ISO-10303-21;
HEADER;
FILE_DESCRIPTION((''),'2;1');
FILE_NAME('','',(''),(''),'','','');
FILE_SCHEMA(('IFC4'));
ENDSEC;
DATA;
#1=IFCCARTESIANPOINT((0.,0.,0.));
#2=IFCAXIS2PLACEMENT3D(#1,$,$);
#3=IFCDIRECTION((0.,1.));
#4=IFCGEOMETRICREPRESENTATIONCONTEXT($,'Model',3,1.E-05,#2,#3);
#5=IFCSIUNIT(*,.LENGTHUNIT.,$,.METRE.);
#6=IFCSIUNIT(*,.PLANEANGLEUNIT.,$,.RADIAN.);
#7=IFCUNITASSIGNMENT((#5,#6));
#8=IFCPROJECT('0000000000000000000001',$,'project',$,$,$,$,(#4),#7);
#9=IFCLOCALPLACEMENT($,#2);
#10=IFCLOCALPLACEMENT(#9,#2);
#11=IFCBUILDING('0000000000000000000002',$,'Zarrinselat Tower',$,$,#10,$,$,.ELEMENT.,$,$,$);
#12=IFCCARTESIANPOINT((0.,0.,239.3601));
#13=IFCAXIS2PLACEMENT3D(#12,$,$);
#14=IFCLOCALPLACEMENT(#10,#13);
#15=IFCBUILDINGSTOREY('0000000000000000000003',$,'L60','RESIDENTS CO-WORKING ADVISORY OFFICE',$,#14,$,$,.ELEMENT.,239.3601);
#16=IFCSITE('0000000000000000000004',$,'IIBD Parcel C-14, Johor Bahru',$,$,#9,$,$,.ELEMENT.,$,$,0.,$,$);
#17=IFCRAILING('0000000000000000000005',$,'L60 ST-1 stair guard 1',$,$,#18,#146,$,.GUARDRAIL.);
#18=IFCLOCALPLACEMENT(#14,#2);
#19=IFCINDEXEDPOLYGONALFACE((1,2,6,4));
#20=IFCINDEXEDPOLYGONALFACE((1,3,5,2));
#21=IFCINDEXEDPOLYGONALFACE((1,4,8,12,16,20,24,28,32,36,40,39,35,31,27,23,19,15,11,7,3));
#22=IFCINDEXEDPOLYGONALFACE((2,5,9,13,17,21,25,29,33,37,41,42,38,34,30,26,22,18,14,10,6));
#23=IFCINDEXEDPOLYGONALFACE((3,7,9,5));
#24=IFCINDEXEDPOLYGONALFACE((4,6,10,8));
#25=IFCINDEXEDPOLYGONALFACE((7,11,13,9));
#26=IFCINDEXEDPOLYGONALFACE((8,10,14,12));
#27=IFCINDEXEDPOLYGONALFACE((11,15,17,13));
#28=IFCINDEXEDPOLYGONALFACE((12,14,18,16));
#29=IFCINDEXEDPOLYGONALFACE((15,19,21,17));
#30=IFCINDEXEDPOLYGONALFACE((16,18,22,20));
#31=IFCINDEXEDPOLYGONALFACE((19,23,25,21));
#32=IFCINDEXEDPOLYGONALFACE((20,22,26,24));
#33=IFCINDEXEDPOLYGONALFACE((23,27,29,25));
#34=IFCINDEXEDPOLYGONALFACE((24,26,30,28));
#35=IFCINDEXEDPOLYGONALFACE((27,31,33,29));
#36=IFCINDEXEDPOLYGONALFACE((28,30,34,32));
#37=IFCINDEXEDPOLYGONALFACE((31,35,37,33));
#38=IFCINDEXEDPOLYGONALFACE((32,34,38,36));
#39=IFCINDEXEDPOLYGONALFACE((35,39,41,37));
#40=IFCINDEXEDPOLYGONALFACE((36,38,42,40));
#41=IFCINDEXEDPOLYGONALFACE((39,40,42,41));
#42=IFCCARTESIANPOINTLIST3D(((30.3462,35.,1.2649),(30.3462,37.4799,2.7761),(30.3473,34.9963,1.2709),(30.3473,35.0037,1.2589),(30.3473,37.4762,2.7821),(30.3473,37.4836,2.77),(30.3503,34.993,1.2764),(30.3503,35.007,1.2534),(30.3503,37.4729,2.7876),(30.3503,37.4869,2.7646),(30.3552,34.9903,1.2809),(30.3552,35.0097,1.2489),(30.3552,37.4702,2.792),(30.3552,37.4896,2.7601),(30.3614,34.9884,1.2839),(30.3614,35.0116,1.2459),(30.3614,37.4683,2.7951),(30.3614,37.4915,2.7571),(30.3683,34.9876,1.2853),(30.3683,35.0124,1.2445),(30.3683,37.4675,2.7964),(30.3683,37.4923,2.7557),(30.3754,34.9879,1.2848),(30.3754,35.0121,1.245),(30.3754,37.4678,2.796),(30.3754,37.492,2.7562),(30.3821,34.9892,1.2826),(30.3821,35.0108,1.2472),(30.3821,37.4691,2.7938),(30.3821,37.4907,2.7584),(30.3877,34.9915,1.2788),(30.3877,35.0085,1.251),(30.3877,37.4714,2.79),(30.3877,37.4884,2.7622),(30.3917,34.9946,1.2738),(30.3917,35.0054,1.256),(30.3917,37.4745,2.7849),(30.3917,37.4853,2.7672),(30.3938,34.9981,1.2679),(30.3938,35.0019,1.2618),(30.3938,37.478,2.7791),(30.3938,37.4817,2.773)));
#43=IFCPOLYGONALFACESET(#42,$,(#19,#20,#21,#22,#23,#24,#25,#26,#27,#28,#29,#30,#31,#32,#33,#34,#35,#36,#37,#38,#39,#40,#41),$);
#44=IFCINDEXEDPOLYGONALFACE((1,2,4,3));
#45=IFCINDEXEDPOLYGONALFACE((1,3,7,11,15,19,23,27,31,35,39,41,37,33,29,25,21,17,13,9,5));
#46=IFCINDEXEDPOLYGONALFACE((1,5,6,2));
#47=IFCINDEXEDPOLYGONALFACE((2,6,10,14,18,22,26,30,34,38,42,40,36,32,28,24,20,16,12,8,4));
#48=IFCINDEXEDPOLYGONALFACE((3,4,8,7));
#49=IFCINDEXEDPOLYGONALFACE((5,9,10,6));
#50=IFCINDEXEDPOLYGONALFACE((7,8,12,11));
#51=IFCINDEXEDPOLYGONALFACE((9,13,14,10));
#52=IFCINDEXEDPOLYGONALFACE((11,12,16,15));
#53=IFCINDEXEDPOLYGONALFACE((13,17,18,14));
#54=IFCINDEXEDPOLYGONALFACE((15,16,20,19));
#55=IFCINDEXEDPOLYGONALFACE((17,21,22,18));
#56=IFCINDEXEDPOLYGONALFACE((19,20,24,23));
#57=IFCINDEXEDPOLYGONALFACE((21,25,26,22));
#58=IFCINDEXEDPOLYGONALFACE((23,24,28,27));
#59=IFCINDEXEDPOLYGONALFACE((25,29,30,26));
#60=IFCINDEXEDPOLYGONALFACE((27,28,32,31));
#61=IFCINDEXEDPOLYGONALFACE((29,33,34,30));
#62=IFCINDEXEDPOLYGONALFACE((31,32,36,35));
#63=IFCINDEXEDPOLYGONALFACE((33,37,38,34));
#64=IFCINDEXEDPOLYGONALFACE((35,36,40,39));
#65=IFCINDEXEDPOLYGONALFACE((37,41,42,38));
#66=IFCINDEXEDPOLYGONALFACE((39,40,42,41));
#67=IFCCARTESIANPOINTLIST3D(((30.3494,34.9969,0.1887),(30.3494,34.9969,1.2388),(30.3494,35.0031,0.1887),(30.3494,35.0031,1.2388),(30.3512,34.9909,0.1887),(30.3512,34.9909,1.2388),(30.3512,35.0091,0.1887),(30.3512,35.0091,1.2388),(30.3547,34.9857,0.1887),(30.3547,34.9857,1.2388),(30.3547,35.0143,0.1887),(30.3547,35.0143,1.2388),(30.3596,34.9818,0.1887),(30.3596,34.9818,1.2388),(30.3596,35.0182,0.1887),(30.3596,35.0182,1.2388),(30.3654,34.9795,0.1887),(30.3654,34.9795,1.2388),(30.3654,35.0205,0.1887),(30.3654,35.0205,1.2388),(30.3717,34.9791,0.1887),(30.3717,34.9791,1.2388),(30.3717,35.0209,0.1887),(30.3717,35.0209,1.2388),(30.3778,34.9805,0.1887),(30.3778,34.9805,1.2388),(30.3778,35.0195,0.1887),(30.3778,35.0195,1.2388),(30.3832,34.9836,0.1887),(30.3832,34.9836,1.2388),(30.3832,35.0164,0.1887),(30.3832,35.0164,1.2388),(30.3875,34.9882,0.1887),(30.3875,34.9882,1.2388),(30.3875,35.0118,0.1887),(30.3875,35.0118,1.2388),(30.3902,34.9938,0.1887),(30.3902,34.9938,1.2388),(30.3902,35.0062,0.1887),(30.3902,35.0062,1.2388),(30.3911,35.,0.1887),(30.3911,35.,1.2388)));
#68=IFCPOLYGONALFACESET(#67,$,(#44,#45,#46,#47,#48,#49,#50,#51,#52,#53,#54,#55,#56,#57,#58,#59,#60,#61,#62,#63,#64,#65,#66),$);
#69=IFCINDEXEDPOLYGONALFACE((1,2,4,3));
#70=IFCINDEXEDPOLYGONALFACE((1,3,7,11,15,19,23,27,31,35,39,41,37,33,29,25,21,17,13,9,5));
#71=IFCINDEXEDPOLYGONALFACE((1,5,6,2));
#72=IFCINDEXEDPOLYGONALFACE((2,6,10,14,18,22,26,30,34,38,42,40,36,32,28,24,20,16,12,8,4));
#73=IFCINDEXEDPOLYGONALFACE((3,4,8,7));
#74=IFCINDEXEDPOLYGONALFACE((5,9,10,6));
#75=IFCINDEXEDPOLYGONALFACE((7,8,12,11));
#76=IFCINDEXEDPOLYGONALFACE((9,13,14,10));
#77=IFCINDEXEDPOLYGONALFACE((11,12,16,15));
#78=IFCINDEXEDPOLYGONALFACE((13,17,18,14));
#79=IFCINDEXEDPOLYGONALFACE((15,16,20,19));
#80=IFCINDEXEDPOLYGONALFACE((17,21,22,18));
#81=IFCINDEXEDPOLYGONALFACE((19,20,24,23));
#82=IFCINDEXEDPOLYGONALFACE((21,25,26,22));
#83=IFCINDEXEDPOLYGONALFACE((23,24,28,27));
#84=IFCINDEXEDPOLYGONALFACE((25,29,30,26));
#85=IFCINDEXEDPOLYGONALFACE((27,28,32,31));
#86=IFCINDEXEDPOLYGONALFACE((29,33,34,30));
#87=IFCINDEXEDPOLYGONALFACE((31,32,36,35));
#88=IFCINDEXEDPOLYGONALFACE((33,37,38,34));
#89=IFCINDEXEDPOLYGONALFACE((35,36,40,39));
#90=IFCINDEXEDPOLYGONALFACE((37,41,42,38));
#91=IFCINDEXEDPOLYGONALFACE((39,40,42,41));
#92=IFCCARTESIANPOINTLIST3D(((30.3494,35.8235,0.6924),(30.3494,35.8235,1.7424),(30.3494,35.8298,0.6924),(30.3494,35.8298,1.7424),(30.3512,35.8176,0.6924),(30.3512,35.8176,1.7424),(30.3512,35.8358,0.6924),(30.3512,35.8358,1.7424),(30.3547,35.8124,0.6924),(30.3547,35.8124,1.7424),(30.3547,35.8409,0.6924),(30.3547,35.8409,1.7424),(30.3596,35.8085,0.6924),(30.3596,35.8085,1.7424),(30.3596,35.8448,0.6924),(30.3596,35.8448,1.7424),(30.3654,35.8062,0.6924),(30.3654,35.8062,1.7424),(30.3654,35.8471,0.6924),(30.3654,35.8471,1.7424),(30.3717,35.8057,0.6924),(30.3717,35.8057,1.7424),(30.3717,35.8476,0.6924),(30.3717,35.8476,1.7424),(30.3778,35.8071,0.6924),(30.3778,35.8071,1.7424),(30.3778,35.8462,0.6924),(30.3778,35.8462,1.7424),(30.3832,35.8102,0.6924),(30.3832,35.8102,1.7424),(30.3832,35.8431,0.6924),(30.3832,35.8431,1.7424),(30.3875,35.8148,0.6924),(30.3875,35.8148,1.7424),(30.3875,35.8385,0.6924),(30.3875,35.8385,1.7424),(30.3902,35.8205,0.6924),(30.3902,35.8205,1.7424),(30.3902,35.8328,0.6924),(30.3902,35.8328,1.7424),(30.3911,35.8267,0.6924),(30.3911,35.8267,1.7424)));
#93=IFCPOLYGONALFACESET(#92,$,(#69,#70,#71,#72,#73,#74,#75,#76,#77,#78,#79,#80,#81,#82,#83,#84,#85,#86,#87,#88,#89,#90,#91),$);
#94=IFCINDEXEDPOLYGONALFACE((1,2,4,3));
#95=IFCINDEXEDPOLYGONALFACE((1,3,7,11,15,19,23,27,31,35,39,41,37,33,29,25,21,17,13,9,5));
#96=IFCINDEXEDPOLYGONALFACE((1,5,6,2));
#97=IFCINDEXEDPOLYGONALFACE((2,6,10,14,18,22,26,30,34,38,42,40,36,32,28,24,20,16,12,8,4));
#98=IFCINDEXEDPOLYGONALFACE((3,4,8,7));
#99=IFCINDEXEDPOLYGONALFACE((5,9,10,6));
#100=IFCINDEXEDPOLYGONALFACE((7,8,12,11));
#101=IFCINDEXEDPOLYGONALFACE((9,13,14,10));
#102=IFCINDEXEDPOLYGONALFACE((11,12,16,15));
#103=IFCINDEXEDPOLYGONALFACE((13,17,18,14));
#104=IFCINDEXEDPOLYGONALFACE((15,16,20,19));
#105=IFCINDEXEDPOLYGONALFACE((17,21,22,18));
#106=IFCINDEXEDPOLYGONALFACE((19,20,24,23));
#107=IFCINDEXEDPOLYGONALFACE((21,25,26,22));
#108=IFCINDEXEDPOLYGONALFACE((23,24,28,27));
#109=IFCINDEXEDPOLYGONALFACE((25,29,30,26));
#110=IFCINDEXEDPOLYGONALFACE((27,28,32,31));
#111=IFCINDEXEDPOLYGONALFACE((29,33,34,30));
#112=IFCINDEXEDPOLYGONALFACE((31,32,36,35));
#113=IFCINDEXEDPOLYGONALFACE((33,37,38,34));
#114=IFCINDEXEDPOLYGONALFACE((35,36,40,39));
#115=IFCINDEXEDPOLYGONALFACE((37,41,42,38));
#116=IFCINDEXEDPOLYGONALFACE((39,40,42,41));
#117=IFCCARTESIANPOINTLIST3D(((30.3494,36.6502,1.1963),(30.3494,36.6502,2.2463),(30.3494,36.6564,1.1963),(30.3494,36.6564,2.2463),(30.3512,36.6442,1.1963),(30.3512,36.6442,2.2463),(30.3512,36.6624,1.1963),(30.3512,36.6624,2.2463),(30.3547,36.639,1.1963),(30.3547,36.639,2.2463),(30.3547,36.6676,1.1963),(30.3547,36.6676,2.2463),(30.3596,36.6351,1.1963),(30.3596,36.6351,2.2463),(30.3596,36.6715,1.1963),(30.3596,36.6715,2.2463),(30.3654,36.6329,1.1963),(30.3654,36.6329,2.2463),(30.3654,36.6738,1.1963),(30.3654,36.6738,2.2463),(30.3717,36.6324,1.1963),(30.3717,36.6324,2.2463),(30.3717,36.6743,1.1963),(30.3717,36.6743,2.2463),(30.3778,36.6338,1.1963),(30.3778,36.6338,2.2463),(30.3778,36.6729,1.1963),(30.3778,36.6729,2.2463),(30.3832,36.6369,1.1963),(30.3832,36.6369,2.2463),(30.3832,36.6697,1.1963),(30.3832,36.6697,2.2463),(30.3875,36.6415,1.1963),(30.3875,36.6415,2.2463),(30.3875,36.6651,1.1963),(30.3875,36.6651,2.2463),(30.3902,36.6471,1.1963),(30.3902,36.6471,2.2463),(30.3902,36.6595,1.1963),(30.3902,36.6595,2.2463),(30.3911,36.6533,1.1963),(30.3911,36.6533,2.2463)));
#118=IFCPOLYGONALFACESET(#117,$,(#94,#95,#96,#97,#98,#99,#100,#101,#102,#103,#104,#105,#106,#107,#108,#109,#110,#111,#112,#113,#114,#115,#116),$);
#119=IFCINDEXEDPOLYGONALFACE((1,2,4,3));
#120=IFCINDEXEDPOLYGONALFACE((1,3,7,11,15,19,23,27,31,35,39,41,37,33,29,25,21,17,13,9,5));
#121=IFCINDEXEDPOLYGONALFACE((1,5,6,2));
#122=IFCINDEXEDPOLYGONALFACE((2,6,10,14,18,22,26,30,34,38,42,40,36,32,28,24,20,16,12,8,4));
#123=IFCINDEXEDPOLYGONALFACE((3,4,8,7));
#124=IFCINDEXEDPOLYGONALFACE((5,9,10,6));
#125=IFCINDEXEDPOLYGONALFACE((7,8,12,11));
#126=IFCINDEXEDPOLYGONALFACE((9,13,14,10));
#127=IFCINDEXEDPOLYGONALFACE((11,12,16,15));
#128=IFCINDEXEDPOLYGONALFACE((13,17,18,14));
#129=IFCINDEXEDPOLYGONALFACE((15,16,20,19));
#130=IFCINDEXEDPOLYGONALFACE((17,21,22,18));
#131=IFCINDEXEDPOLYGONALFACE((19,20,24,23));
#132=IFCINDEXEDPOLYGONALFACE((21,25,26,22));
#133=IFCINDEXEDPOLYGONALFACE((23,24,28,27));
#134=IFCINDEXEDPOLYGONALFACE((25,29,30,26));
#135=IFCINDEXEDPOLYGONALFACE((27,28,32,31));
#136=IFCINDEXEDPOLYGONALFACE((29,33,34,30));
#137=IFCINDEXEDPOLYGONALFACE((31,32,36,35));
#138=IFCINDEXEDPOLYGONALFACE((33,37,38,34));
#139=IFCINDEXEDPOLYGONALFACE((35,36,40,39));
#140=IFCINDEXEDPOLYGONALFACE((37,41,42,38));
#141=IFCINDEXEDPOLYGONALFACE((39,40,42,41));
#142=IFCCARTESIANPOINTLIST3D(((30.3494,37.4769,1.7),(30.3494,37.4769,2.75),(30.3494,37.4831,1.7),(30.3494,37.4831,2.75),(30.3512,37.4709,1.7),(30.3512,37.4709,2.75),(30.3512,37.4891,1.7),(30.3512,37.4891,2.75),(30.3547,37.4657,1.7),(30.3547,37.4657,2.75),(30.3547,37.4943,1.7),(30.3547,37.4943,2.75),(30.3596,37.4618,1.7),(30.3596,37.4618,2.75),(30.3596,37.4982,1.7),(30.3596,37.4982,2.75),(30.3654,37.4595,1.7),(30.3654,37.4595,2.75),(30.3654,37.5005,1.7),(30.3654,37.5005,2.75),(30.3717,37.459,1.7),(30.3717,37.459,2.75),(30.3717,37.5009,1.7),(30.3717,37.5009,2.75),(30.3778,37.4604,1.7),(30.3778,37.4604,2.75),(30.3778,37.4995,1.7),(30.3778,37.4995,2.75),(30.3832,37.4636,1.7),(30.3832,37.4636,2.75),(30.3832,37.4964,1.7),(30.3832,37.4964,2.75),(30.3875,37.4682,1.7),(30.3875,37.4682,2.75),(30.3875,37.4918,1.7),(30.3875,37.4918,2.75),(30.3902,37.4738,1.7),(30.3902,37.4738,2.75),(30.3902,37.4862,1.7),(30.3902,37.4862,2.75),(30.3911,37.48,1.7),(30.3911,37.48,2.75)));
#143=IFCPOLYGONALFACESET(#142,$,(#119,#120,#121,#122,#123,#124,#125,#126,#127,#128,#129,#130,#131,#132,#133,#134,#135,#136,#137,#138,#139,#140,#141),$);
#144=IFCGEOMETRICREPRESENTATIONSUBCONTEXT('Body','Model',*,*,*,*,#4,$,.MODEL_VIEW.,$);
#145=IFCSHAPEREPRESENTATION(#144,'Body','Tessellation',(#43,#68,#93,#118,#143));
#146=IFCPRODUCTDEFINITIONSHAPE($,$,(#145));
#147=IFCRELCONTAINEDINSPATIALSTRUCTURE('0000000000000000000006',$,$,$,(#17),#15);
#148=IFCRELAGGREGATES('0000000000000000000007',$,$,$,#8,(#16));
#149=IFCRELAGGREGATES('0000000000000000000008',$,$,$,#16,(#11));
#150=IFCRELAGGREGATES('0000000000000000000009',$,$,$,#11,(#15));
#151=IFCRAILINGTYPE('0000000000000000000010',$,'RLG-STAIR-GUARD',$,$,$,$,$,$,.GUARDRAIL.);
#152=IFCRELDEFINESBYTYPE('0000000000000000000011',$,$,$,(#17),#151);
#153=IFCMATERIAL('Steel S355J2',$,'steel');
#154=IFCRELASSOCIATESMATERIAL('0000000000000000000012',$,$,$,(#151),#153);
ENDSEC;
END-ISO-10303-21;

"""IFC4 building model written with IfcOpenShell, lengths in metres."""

from ifc_helpers import new_model, si_unit, direction, frame, origin, origin_2d, place, context, subcontext, project, spatial, circle, extrude, material, type_object, element, save


model = new_model("IFC4")

# Units and contexts
model_context = context("Model", 3, precision=1e-05, world=origin(), true_north=direction((0.0, 1.0)))
body_context = subcontext(model_context, "Body", "Model", "MODEL_VIEW")
ifc_project = project(units=[si_unit("LENGTHUNIT", "METRE"), si_unit("PLANEANGLEUNIT", "RADIAN")], contexts=[model_context])

# Site, building, storey
site_placement = place(None, origin())
site = spatial("IfcSite", under=ifc_project, at=site_placement, Name="IIBD Parcel C-14, Johor Bahru", CompositionType="ELEMENT", RefElevation=0.0)
building_placement = place(site_placement, origin())
building = spatial("IfcBuilding", under=site, at=building_placement, Name="Zarrinselat Tower", CompositionType="ELEMENT")
storey_placement = place(building_placement, frame((0.0, 0.0, 239.3601)))
storey = spatial("IfcBuildingStorey", under=building, at=storey_placement, Name="L60", Description="RESIDENTS CO-WORKING ADVISORY OFFICE", CompositionType="ELEMENT", Elevation=239.3601)

# Railing
ifc_material_1 = material(Name="Steel S355J2", Category="steel")
railing_type_1 = type_object("IfcRailingType", Name="RLG-STAIR-GUARD", PredefinedType="GUARDRAIL", material=ifc_material_1)
railing_1_placement = place(storey_placement, frame((30.3701, 35.0, 0.1887)))
element("IfcRailing", 1, at=railing_1_placement, inside=storey, type_object=railing_type_1, Name="L60 ST-1 stair guard 1", PredefinedType="GUARDRAIL", context=body_context, shape_type="SweptSolid", body=[
    extrude(circle(Radius=0.0239, at=origin_2d()), frame((0.0, 0.0, 1.0762), z_axis=(0.0, 0.853942, 0.520368), x_axis=(-1.0, 0.0, 0.0)), (0.0, 0.0, 1.0), 2.9041),
    extrude(circle(Radius=0.021, at=origin_2d()), origin(), (0.0, 0.0, 1.0), 1.05),
    extrude(circle(Radius=0.021, at=origin_2d()), frame((0.0, 0.8267, 0.5037)), (0.0, 0.0, 1.0), 1.05),
    extrude(circle(Radius=0.021, at=origin_2d()), frame((0.0, 1.6533, 1.0076)), (0.0, 0.0, 1.0), 1.05),
    extrude(circle(Radius=0.021, at=origin_2d()), frame((0.0, 2.48, 1.5112)), (0.0, 0.0, 1.0), 1.05),
])

save(model, "model.ifc")
